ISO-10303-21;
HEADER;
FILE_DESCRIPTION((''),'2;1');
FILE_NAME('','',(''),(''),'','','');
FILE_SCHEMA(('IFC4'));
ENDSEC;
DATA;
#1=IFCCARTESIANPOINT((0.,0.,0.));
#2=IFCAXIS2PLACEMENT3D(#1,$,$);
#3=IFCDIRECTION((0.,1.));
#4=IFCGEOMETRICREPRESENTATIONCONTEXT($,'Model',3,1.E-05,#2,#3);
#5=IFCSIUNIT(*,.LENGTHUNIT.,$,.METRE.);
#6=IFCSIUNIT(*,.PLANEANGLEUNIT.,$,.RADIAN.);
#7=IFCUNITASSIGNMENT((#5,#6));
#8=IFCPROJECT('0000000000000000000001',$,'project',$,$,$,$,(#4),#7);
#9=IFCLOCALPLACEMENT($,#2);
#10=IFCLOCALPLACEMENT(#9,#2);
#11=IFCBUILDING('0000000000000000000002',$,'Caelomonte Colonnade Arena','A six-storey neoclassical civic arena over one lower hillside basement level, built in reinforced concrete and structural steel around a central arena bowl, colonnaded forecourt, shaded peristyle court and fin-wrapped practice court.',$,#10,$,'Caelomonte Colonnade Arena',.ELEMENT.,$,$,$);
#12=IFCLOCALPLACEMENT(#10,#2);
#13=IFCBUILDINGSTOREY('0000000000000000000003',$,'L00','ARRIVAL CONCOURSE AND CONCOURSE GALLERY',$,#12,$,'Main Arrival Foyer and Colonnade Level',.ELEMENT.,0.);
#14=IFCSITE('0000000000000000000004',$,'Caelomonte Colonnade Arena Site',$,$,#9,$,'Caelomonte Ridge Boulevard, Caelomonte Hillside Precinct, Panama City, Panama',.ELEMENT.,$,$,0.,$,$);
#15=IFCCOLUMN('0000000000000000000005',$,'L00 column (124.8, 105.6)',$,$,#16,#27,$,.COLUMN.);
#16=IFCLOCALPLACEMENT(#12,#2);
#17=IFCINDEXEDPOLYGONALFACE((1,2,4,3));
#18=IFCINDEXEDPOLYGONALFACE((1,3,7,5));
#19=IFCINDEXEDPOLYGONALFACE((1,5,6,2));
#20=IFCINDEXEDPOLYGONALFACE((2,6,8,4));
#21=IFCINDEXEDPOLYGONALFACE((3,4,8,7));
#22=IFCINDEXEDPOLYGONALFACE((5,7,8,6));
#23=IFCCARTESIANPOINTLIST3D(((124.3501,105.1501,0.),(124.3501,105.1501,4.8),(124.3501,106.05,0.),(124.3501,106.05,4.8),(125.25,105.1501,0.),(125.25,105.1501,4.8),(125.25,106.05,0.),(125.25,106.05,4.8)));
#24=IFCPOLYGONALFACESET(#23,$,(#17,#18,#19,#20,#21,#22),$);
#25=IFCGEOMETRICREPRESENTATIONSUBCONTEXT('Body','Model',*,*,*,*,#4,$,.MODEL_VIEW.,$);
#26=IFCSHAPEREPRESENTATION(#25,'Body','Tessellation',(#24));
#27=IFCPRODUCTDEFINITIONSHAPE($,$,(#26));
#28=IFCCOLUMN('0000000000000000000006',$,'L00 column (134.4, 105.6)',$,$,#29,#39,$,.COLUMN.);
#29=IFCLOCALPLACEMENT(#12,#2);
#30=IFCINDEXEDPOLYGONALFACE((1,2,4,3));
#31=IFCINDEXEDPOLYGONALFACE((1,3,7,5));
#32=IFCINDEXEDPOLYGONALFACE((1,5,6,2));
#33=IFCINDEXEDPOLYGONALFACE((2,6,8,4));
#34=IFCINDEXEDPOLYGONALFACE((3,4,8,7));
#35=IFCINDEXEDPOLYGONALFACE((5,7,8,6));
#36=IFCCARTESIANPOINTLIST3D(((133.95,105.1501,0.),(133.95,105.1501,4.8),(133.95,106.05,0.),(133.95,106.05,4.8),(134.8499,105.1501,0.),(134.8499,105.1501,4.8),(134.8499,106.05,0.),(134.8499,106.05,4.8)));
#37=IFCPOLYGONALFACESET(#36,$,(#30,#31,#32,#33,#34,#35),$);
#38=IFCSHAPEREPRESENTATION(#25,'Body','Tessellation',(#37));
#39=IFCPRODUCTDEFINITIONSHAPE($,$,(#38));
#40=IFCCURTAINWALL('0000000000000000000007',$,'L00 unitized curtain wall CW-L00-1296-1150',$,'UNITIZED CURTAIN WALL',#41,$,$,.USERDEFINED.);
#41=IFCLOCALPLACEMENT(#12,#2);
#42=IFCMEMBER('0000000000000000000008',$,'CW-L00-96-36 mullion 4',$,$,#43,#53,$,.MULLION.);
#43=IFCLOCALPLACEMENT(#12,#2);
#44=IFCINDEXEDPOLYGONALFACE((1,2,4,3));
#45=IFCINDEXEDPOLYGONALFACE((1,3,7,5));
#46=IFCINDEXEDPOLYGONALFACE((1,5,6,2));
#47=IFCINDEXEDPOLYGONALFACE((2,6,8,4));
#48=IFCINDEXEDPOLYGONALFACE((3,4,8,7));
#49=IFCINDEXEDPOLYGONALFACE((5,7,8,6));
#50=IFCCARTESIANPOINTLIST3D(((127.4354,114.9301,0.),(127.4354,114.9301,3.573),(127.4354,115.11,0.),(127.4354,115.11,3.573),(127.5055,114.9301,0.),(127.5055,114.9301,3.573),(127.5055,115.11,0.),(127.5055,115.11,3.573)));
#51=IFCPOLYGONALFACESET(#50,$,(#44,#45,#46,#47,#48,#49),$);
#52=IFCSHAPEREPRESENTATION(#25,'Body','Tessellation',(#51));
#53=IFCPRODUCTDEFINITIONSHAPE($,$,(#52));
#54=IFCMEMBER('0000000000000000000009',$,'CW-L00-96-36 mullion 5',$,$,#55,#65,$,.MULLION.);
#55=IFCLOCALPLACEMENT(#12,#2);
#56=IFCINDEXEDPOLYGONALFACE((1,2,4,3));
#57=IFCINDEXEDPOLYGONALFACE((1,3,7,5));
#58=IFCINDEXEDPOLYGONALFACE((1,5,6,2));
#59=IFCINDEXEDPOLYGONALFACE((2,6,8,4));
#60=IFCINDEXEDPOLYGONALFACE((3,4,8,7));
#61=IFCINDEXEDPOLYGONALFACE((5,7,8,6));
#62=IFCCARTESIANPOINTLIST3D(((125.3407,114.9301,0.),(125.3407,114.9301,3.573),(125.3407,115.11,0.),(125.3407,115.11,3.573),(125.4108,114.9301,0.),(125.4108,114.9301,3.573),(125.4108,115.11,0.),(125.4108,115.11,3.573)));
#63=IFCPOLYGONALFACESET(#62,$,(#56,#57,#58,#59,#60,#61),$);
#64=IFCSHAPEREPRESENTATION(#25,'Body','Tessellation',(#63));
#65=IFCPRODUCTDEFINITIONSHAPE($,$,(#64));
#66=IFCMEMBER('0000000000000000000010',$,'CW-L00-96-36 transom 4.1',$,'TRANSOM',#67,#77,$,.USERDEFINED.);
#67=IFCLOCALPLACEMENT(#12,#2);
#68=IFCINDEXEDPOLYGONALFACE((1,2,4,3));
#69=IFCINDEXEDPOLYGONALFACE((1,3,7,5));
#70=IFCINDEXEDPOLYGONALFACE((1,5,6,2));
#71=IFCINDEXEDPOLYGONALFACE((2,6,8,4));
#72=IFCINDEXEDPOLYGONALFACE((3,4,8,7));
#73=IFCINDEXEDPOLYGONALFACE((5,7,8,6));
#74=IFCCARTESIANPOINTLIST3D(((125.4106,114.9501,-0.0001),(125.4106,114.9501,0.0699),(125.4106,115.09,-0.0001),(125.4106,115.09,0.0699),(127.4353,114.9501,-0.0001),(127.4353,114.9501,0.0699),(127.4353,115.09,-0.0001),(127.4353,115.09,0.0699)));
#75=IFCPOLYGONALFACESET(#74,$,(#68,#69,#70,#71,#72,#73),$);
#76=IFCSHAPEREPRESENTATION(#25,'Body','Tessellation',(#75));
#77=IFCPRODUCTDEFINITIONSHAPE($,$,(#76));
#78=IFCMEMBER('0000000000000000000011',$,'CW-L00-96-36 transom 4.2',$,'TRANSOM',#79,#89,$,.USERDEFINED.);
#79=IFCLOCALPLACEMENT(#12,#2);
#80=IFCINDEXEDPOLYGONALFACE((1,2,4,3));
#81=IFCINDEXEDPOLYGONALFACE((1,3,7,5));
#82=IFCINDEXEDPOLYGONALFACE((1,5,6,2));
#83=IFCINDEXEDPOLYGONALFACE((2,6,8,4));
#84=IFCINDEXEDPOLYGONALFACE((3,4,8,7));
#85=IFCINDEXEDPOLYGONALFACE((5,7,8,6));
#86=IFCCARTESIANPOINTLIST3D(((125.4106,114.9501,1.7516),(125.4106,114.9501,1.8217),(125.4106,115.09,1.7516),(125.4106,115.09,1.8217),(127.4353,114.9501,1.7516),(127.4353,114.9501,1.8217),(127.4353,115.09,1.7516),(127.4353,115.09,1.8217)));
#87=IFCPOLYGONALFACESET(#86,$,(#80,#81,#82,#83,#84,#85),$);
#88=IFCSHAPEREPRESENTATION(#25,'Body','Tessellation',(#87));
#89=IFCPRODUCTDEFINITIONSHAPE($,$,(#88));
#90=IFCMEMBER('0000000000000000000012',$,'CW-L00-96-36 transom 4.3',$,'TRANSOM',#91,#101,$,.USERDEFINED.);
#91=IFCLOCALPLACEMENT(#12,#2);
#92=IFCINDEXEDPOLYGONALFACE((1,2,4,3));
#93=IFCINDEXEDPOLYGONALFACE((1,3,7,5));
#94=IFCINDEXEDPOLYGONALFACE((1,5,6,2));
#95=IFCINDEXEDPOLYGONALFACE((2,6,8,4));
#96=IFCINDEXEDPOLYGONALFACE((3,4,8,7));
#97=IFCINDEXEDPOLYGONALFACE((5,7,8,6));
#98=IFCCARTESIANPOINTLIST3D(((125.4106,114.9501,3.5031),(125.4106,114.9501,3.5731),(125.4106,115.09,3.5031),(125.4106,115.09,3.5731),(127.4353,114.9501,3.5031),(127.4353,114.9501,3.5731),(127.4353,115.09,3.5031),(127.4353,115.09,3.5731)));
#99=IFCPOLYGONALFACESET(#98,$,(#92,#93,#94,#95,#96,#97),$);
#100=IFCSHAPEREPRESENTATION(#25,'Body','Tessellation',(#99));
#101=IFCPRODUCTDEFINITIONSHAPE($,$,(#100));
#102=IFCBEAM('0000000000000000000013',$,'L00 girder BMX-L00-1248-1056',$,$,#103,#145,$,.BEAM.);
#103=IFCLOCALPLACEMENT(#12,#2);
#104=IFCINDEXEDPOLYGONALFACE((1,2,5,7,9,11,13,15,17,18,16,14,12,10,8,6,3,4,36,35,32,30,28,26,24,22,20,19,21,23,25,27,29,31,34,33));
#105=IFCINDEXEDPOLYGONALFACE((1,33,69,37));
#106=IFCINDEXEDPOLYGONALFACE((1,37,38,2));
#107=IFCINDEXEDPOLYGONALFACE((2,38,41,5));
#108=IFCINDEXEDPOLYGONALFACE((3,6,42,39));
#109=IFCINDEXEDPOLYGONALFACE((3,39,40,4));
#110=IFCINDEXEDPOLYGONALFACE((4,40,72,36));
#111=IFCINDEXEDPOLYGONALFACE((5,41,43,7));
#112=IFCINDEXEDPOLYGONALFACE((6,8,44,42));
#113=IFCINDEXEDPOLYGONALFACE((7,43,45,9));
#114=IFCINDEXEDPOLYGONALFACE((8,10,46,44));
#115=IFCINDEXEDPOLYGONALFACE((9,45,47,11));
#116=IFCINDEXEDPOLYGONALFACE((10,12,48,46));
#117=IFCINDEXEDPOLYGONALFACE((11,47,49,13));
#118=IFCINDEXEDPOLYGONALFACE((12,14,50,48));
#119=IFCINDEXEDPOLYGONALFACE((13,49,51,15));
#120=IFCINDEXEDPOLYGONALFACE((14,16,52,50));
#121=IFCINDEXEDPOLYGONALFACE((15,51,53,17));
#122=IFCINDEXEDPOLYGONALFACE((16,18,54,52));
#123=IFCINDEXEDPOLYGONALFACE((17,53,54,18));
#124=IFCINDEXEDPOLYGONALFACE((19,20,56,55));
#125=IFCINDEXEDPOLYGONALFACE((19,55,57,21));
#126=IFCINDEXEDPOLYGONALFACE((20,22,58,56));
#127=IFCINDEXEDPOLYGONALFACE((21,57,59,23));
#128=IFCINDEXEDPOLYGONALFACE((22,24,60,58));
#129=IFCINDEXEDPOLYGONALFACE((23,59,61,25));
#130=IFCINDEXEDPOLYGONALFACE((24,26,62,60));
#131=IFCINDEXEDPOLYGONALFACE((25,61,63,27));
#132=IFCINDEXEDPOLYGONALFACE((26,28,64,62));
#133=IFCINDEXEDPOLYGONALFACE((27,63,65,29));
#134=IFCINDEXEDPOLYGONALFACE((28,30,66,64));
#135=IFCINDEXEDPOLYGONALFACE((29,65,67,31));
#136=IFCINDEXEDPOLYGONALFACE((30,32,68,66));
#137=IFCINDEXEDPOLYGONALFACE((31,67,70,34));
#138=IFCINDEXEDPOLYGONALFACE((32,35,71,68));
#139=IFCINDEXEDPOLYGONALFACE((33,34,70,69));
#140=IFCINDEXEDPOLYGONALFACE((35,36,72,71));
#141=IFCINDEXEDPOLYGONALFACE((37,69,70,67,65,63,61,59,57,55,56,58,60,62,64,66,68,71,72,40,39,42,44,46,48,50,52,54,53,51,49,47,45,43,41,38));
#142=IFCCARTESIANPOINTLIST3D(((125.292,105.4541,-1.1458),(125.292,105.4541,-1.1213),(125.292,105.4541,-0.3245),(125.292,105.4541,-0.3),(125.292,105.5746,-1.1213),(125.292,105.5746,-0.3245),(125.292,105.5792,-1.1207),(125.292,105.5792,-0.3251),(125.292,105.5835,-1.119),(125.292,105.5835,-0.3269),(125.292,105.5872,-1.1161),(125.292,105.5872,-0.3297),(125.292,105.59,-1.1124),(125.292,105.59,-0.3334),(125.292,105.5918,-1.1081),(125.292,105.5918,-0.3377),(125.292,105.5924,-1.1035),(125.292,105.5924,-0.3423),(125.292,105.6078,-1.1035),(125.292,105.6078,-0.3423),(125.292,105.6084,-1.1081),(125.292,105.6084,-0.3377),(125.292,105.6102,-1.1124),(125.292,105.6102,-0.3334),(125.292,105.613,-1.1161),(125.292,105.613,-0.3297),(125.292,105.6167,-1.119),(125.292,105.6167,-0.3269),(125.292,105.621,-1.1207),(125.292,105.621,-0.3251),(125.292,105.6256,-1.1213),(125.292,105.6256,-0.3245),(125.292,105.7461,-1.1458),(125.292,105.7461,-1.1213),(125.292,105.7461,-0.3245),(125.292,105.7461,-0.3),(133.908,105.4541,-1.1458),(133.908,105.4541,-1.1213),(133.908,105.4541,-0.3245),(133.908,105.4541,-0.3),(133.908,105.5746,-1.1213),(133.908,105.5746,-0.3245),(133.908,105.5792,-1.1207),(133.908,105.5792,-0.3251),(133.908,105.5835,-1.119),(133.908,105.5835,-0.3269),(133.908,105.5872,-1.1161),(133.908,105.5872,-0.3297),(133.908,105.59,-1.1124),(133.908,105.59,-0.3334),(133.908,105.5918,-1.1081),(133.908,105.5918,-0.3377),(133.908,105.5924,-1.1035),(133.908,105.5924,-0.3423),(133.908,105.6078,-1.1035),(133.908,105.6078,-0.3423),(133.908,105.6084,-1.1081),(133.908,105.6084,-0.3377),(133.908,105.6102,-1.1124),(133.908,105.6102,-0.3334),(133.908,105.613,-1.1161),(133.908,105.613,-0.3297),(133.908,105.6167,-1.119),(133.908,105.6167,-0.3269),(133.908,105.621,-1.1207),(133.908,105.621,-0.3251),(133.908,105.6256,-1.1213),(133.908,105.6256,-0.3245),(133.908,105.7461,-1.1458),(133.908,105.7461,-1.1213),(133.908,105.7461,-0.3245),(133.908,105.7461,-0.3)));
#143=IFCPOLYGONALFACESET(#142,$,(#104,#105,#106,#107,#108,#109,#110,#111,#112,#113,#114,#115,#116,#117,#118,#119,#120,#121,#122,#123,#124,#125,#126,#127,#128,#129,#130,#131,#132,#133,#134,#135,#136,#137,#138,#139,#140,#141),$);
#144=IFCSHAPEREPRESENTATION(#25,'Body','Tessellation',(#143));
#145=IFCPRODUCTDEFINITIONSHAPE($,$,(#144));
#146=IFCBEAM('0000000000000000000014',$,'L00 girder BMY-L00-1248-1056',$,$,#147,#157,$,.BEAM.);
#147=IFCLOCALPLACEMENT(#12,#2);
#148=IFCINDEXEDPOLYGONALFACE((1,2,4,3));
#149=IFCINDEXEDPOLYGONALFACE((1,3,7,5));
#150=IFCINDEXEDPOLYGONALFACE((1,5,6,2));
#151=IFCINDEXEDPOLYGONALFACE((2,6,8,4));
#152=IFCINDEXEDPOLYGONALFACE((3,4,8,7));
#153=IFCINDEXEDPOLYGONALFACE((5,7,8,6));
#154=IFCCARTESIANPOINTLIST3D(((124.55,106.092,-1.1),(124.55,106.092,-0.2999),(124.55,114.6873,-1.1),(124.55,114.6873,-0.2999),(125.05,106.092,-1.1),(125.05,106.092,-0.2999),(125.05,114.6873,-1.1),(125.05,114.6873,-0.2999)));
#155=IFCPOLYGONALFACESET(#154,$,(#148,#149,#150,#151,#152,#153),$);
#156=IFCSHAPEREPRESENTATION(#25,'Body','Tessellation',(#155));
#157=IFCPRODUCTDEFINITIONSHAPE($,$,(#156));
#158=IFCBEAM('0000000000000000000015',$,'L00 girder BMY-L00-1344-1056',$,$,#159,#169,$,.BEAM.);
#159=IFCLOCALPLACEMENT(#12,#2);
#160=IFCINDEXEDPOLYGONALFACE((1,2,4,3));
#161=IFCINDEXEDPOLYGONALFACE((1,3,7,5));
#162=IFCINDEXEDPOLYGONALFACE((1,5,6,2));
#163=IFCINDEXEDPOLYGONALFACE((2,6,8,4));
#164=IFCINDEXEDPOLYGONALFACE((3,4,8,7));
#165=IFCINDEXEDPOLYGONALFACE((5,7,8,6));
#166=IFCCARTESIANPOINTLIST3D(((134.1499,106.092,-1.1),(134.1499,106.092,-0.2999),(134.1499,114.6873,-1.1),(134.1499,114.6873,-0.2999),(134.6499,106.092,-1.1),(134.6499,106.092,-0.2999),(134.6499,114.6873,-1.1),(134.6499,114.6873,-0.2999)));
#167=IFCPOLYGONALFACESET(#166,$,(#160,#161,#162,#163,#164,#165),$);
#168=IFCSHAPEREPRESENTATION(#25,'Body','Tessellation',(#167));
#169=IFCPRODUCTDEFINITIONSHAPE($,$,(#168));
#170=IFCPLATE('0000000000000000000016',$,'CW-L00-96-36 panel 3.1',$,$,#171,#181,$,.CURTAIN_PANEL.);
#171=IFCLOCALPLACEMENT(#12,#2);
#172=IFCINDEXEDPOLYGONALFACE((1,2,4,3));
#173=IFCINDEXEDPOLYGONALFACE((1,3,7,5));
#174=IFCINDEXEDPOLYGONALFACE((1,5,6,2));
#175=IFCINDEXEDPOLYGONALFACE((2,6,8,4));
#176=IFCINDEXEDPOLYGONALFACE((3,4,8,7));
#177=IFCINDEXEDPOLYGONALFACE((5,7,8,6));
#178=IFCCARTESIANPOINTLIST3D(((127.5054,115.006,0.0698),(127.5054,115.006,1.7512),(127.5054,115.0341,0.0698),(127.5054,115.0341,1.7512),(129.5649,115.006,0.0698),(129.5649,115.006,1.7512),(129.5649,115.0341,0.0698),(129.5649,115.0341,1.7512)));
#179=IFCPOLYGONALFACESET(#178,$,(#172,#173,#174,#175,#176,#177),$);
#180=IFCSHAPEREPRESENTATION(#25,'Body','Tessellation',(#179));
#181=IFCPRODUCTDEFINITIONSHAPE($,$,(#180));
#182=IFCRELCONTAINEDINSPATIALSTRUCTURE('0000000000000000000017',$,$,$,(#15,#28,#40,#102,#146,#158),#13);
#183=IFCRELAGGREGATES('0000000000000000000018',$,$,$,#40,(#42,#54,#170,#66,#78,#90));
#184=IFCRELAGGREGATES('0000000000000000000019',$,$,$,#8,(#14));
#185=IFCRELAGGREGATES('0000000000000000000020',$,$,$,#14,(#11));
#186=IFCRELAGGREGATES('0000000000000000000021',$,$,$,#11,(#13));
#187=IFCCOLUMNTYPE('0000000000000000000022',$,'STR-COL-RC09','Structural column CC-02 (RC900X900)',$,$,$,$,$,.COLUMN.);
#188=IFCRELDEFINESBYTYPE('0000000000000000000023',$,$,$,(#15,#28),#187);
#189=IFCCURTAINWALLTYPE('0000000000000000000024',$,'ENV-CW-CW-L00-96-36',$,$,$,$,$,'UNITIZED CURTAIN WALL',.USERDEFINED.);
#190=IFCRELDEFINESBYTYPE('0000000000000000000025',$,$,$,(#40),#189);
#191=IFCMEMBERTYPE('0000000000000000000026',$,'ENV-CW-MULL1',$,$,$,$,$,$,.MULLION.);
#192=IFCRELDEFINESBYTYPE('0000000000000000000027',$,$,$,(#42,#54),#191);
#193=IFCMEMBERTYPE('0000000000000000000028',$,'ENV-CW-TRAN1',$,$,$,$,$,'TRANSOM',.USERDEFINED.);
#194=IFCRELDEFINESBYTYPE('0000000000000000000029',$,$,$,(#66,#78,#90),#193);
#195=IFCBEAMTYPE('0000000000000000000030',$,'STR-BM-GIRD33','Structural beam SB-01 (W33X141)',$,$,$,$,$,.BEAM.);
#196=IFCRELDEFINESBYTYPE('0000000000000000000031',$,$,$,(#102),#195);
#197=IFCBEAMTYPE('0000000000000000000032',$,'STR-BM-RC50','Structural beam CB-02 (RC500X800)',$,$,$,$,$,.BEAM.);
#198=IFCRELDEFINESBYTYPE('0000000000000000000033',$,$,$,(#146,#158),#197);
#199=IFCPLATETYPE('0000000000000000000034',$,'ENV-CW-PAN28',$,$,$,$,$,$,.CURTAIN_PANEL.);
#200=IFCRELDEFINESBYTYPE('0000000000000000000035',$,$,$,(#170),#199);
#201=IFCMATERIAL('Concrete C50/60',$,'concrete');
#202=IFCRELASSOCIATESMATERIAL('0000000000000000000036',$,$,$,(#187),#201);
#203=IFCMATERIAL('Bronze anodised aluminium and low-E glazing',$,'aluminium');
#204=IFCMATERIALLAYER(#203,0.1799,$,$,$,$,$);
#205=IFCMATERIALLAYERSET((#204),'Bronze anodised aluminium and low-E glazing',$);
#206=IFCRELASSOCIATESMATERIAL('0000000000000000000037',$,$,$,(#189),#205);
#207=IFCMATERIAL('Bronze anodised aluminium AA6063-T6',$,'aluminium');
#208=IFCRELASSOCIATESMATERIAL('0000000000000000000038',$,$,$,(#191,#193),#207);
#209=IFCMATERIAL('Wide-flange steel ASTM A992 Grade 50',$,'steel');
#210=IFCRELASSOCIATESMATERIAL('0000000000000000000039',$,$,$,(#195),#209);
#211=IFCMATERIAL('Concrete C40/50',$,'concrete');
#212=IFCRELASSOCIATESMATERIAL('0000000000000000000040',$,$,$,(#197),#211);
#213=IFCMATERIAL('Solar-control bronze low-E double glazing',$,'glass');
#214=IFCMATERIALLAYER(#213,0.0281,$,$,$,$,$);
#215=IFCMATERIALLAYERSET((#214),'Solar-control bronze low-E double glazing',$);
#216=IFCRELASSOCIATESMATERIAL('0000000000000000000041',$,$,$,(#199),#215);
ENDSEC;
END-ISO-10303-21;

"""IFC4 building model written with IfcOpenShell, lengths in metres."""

from ifc_helpers import new_model, si_unit, direction, frame, origin, origin_2d, place, context, subcontext, project, spatial, rectangle, i_section, extrude, material, layer, layer_set, material_profile, profile_set, type_object, element, aggregate, save


model = new_model("IFC4")

# Units and contexts
model_context = context("Model", 3, precision=1e-05, world=origin(), true_north=direction((0.0, 1.0)))
body_context = subcontext(model_context, "Body", "Model", "MODEL_VIEW")
ifc_project = project(units=[si_unit("LENGTHUNIT", "METRE"), si_unit("PLANEANGLEUNIT", "RADIAN")], contexts=[model_context])

# Site, building, storey
site_placement = place(None, origin())
site = spatial("IfcSite", under=ifc_project, at=site_placement, Name="Caelomonte Colonnade Arena Site", LongName="Caelomonte Ridge Boulevard, Caelomonte Hillside Precinct, Panama City, Panama", CompositionType="ELEMENT", RefElevation=0.0)
building_placement = place(site_placement, origin())
building = spatial("IfcBuilding", under=site, at=building_placement, Name="Caelomonte Colonnade Arena", Description="A six-storey neoclassical civic arena over one lower hillside basement level, built in reinforced concrete and structural steel around a central arena bowl, colonnaded forecourt, shaded peristyle court and fin-wrapped practice court.", LongName="Caelomonte Colonnade Arena", CompositionType="ELEMENT")
storey_placement = place(building_placement, origin())
storey = spatial("IfcBuildingStorey", under=building, at=storey_placement, Name="L00", Description="ARRIVAL CONCOURSE AND CONCOURSE GALLERY", LongName="Main Arrival Foyer and Colonnade Level", CompositionType="ELEMENT", Elevation=0.0)

# Columns
ifc_material_1 = material(Name="Concrete C50/60", Category="concrete")
ifc_material_profile_1 = material_profile(ifc_material_1, rectangle(XDim=0.8999, YDim=0.8999, at=origin_2d()), Name="RC900X900")
ifc_profile_set_1 = profile_set([ifc_material_profile_1], Name="Concrete C50/60")
column_type = type_object("IfcColumnType", Name="STR-COL-RC09", Description="Structural column CC-02 (RC900X900)", PredefinedType="COLUMN", material=ifc_profile_set_1)
for number, where, z_axis, x_axis, name in (
    (1, (124.8, 105.6001, 0.0), (0.0, 0.0, 1.0), (1.0, 0.0, 0.0), "L00 column (124.8, 105.6)"),
    (2, (134.3999, 105.6001, 0.0), (0.0, 0.0, 1.0), (1.0, 0.0, 0.0), "L00 column (134.4, 105.6)"),
):
    element("IfcColumn", number, at=place(storey_placement, frame(where, z_axis=z_axis, x_axis=x_axis)), inside=storey, type_object=column_type, Name=name, PredefinedType="COLUMN", context=body_context, shape_type="SweptSolid", body=[
        extrude(rectangle(XDim=0.8999, YDim=0.8999, at=origin_2d()), origin(), (0.0, 0.0, 1.0), 4.8),
    ])

# Curtain wall, members
ifc_material_2 = material(Name="Bronze anodised aluminium and low-E glazing", Category="aluminium")
ifc_layer_1 = layer(ifc_material_2, 0.1799)
ifc_layer_set_1 = layer_set([ifc_layer_1], Name="Bronze anodised aluminium and low-E glazing")
curtain_wall_type = type_object("IfcCurtainWallType", Name="ENV-CW-CW-L00-96-36", ElementType="UNITIZED CURTAIN WALL", PredefinedType="USERDEFINED", material=ifc_layer_set_1)
curtain_wall_placement = place(storey_placement, origin())
curtain_wall = element("IfcCurtainWall", 3, at=curtain_wall_placement, inside=storey, type_object=curtain_wall_type, Name="L00 unitized curtain wall CW-L00-1296-1150", ObjectType="UNITIZED CURTAIN WALL", PredefinedType="USERDEFINED")
ifc_material_3 = material(Name="Bronze anodised aluminium AA6063-T6", Category="aluminium")
ifc_material_profile_2 = material_profile(ifc_material_3, rectangle(XDim=0.0701, YDim=0.1799, at=origin_2d()), Name="CWM-70X180")
ifc_profile_set_2 = profile_set([ifc_material_profile_2], Name="Bronze anodised aluminium AA6063-T6")
member_type_1 = type_object("IfcMemberType", Name="ENV-CW-MULL1", PredefinedType="MULLION", material=ifc_profile_set_2)
member_1_placement = place(storey_placement, frame((127.4705, 115.02, 0.0), z_axis=(0.0, 0.0, 1.0), x_axis=(-1.0, 0.0, 0.0)))
member_1 = element("IfcMember", 4, at=member_1_placement, type_object=member_type_1, Name="CW-L00-96-36 mullion 4", PredefinedType="MULLION", context=body_context, shape_type="SweptSolid", body=[
    extrude(rectangle(XDim=0.0701, YDim=0.1799, at=origin_2d()), origin(), (0.0, 0.0, 1.0), 3.573),
])
member_2_placement = place(storey_placement, frame((125.3757, 115.02, 0.0), z_axis=(0.0, 0.0, 1.0), x_axis=(-1.0, 0.0, 0.0)))
member_2 = element("IfcMember", 5, at=member_2_placement, type_object=member_type_1, Name="CW-L00-96-36 mullion 5", PredefinedType="MULLION", context=body_context, shape_type="SweptSolid", body=[
    extrude(rectangle(XDim=0.0701, YDim=0.1799, at=origin_2d()), origin(), (0.0, 0.0, 1.0), 3.573),
])
ifc_material_profile_3 = material_profile(ifc_material_3, rectangle(XDim=0.0701, YDim=0.1399, at=origin_2d()), Name="CWT-70X140")
ifc_profile_set_3 = profile_set([ifc_material_profile_3], Name="Bronze anodised aluminium AA6063-T6")
member_type_2 = type_object("IfcMemberType", Name="ENV-CW-TRAN1", ElementType="TRANSOM", PredefinedType="USERDEFINED", material=ifc_profile_set_3)
member_3_placement = place(storey_placement, frame((127.4353, 115.02, 0.0349), z_axis=(-1.0, 0.0, 0.0), x_axis=(0.0, 0.0, 1.0)))
member_3 = element("IfcMember", 6, at=member_3_placement, type_object=member_type_2, Name="CW-L00-96-36 transom 4.1", ObjectType="TRANSOM", PredefinedType="USERDEFINED", context=body_context, shape_type="SweptSolid", body=[
    extrude(rectangle(XDim=0.0701, YDim=0.1399, at=origin_2d()), origin(), (0.0, 0.0, 1.0), 2.0247),
])
member_4_placement = place(storey_placement, frame((127.4353, 115.02, 1.7866), z_axis=(-1.0, 0.0, 0.0), x_axis=(0.0, 0.0, 1.0)))
member_4 = element("IfcMember", 7, at=member_4_placement, type_object=member_type_2, Name="CW-L00-96-36 transom 4.2", ObjectType="TRANSOM", PredefinedType="USERDEFINED", context=body_context, shape_type="SweptSolid", body=[
    extrude(rectangle(XDim=0.0701, YDim=0.1399, at=origin_2d()), origin(), (0.0, 0.0, 1.0), 2.0247),
])
member_5_placement = place(storey_placement, frame((127.4353, 115.02, 3.5381), z_axis=(-1.0, 0.0, 0.0), x_axis=(0.0, 0.0, 1.0)))
member_5 = element("IfcMember", 8, at=member_5_placement, type_object=member_type_2, Name="CW-L00-96-36 transom 4.3", ObjectType="TRANSOM", PredefinedType="USERDEFINED", context=body_context, shape_type="SweptSolid", body=[
    extrude(rectangle(XDim=0.0701, YDim=0.1399, at=origin_2d()), origin(), (0.0, 0.0, 1.0), 2.0247),
])

# Beams
ifc_material_4 = material(Name="Wide-flange steel ASTM A992 Grade 50", Category="steel")
ifc_material_profile_4 = material_profile(ifc_material_4, i_section(OverallWidth=0.292, OverallDepth=0.8457, WebThickness=0.0154, FlangeThickness=0.0244, FilletRadius=0.0178, at=origin_2d()), Name="W33X141")
ifc_profile_set_4 = profile_set([ifc_material_profile_4], Name="Wide-flange steel ASTM A992 Grade 50")
beam_type_1 = type_object("IfcBeamType", Name="STR-BM-GIRD33", Description="Structural beam SB-01 (W33X141)", PredefinedType="BEAM", material=ifc_profile_set_4)
beam_placement = place(storey_placement, frame((125.292, 105.6001, -0.7229), z_axis=(1.0, 0.0, 0.0), x_axis=(0.0, 1.0, 0.0)))
element("IfcBeam", 9, at=beam_placement, inside=storey, type_object=beam_type_1, Name="L00 girder BMX-L00-1248-1056", PredefinedType="BEAM", context=body_context, shape_type="SweptSolid", body=[
    extrude(i_section(OverallWidth=0.292, OverallDepth=0.8457, WebThickness=0.0154, FlangeThickness=0.0244, FilletRadius=0.0178, at=origin_2d()), origin(), (0.0, 0.0, 1.0), 8.616),
])
ifc_material_5 = material(Name="Concrete C40/50", Category="concrete")
ifc_material_profile_5 = material_profile(ifc_material_5, rectangle(XDim=0.5, YDim=0.8, at=origin_2d()), Name="RC500X800")
ifc_profile_set_5 = profile_set([ifc_material_profile_5], Name="Concrete C40/50")
beam_type_2 = type_object("IfcBeamType", Name="STR-BM-RC50", Description="Structural beam CB-02 (RC500X800)", PredefinedType="BEAM", material=ifc_profile_set_5)
for number, where, z_axis, x_axis, name in (
    (10, (124.8, 106.092, -0.7), (0.0, 1.0, 0.0), (-1.0, 0.0, 0.0), "L00 girder BMY-L00-1248-1056"),
    (11, (134.3999, 106.092, -0.7), (0.0, 1.0, 0.0), (-1.0, 0.0, 0.0), "L00 girder BMY-L00-1344-1056"),
):
    element("IfcBeam", number, at=place(storey_placement, frame(where, z_axis=z_axis, x_axis=x_axis)), inside=storey, type_object=beam_type_2, Name=name, PredefinedType="BEAM", context=body_context, shape_type="SweptSolid", body=[
        extrude(rectangle(XDim=0.5, YDim=0.8, at=origin_2d()), origin(), (0.0, 0.0, 1.0), 8.5952),
    ])

# Plate
ifc_material_6 = material(Name="Solar-control bronze low-E double glazing", Category="glass")
ifc_layer_2 = layer(ifc_material_6, 0.0281)
ifc_layer_set_2 = layer_set([ifc_layer_2], Name="Solar-control bronze low-E double glazing")
plate_type = type_object("IfcPlateType", Name="ENV-CW-PAN28", PredefinedType="CURTAIN_PANEL", material=ifc_layer_set_2)
plate_1_placement = place(storey_placement, frame((128.5352, 115.02, 0.0698), z_axis=(0.0, 0.0, 1.0), x_axis=(-1.0, 0.0, 0.0)))
plate_1 = element("IfcPlate", 12, at=plate_1_placement, type_object=plate_type, Name="CW-L00-96-36 panel 3.1", PredefinedType="CURTAIN_PANEL", context=body_context, shape_type="SweptSolid", body=[
    extrude(rectangle(XDim=2.0596, YDim=0.0281, at=origin_2d()), origin(), (0.0, 0.0, 1.0), 1.6814),
])
aggregate(curtain_wall, [member_1, member_2, plate_1, member_3, member_4, member_5])

save(model, "model.ifc")
